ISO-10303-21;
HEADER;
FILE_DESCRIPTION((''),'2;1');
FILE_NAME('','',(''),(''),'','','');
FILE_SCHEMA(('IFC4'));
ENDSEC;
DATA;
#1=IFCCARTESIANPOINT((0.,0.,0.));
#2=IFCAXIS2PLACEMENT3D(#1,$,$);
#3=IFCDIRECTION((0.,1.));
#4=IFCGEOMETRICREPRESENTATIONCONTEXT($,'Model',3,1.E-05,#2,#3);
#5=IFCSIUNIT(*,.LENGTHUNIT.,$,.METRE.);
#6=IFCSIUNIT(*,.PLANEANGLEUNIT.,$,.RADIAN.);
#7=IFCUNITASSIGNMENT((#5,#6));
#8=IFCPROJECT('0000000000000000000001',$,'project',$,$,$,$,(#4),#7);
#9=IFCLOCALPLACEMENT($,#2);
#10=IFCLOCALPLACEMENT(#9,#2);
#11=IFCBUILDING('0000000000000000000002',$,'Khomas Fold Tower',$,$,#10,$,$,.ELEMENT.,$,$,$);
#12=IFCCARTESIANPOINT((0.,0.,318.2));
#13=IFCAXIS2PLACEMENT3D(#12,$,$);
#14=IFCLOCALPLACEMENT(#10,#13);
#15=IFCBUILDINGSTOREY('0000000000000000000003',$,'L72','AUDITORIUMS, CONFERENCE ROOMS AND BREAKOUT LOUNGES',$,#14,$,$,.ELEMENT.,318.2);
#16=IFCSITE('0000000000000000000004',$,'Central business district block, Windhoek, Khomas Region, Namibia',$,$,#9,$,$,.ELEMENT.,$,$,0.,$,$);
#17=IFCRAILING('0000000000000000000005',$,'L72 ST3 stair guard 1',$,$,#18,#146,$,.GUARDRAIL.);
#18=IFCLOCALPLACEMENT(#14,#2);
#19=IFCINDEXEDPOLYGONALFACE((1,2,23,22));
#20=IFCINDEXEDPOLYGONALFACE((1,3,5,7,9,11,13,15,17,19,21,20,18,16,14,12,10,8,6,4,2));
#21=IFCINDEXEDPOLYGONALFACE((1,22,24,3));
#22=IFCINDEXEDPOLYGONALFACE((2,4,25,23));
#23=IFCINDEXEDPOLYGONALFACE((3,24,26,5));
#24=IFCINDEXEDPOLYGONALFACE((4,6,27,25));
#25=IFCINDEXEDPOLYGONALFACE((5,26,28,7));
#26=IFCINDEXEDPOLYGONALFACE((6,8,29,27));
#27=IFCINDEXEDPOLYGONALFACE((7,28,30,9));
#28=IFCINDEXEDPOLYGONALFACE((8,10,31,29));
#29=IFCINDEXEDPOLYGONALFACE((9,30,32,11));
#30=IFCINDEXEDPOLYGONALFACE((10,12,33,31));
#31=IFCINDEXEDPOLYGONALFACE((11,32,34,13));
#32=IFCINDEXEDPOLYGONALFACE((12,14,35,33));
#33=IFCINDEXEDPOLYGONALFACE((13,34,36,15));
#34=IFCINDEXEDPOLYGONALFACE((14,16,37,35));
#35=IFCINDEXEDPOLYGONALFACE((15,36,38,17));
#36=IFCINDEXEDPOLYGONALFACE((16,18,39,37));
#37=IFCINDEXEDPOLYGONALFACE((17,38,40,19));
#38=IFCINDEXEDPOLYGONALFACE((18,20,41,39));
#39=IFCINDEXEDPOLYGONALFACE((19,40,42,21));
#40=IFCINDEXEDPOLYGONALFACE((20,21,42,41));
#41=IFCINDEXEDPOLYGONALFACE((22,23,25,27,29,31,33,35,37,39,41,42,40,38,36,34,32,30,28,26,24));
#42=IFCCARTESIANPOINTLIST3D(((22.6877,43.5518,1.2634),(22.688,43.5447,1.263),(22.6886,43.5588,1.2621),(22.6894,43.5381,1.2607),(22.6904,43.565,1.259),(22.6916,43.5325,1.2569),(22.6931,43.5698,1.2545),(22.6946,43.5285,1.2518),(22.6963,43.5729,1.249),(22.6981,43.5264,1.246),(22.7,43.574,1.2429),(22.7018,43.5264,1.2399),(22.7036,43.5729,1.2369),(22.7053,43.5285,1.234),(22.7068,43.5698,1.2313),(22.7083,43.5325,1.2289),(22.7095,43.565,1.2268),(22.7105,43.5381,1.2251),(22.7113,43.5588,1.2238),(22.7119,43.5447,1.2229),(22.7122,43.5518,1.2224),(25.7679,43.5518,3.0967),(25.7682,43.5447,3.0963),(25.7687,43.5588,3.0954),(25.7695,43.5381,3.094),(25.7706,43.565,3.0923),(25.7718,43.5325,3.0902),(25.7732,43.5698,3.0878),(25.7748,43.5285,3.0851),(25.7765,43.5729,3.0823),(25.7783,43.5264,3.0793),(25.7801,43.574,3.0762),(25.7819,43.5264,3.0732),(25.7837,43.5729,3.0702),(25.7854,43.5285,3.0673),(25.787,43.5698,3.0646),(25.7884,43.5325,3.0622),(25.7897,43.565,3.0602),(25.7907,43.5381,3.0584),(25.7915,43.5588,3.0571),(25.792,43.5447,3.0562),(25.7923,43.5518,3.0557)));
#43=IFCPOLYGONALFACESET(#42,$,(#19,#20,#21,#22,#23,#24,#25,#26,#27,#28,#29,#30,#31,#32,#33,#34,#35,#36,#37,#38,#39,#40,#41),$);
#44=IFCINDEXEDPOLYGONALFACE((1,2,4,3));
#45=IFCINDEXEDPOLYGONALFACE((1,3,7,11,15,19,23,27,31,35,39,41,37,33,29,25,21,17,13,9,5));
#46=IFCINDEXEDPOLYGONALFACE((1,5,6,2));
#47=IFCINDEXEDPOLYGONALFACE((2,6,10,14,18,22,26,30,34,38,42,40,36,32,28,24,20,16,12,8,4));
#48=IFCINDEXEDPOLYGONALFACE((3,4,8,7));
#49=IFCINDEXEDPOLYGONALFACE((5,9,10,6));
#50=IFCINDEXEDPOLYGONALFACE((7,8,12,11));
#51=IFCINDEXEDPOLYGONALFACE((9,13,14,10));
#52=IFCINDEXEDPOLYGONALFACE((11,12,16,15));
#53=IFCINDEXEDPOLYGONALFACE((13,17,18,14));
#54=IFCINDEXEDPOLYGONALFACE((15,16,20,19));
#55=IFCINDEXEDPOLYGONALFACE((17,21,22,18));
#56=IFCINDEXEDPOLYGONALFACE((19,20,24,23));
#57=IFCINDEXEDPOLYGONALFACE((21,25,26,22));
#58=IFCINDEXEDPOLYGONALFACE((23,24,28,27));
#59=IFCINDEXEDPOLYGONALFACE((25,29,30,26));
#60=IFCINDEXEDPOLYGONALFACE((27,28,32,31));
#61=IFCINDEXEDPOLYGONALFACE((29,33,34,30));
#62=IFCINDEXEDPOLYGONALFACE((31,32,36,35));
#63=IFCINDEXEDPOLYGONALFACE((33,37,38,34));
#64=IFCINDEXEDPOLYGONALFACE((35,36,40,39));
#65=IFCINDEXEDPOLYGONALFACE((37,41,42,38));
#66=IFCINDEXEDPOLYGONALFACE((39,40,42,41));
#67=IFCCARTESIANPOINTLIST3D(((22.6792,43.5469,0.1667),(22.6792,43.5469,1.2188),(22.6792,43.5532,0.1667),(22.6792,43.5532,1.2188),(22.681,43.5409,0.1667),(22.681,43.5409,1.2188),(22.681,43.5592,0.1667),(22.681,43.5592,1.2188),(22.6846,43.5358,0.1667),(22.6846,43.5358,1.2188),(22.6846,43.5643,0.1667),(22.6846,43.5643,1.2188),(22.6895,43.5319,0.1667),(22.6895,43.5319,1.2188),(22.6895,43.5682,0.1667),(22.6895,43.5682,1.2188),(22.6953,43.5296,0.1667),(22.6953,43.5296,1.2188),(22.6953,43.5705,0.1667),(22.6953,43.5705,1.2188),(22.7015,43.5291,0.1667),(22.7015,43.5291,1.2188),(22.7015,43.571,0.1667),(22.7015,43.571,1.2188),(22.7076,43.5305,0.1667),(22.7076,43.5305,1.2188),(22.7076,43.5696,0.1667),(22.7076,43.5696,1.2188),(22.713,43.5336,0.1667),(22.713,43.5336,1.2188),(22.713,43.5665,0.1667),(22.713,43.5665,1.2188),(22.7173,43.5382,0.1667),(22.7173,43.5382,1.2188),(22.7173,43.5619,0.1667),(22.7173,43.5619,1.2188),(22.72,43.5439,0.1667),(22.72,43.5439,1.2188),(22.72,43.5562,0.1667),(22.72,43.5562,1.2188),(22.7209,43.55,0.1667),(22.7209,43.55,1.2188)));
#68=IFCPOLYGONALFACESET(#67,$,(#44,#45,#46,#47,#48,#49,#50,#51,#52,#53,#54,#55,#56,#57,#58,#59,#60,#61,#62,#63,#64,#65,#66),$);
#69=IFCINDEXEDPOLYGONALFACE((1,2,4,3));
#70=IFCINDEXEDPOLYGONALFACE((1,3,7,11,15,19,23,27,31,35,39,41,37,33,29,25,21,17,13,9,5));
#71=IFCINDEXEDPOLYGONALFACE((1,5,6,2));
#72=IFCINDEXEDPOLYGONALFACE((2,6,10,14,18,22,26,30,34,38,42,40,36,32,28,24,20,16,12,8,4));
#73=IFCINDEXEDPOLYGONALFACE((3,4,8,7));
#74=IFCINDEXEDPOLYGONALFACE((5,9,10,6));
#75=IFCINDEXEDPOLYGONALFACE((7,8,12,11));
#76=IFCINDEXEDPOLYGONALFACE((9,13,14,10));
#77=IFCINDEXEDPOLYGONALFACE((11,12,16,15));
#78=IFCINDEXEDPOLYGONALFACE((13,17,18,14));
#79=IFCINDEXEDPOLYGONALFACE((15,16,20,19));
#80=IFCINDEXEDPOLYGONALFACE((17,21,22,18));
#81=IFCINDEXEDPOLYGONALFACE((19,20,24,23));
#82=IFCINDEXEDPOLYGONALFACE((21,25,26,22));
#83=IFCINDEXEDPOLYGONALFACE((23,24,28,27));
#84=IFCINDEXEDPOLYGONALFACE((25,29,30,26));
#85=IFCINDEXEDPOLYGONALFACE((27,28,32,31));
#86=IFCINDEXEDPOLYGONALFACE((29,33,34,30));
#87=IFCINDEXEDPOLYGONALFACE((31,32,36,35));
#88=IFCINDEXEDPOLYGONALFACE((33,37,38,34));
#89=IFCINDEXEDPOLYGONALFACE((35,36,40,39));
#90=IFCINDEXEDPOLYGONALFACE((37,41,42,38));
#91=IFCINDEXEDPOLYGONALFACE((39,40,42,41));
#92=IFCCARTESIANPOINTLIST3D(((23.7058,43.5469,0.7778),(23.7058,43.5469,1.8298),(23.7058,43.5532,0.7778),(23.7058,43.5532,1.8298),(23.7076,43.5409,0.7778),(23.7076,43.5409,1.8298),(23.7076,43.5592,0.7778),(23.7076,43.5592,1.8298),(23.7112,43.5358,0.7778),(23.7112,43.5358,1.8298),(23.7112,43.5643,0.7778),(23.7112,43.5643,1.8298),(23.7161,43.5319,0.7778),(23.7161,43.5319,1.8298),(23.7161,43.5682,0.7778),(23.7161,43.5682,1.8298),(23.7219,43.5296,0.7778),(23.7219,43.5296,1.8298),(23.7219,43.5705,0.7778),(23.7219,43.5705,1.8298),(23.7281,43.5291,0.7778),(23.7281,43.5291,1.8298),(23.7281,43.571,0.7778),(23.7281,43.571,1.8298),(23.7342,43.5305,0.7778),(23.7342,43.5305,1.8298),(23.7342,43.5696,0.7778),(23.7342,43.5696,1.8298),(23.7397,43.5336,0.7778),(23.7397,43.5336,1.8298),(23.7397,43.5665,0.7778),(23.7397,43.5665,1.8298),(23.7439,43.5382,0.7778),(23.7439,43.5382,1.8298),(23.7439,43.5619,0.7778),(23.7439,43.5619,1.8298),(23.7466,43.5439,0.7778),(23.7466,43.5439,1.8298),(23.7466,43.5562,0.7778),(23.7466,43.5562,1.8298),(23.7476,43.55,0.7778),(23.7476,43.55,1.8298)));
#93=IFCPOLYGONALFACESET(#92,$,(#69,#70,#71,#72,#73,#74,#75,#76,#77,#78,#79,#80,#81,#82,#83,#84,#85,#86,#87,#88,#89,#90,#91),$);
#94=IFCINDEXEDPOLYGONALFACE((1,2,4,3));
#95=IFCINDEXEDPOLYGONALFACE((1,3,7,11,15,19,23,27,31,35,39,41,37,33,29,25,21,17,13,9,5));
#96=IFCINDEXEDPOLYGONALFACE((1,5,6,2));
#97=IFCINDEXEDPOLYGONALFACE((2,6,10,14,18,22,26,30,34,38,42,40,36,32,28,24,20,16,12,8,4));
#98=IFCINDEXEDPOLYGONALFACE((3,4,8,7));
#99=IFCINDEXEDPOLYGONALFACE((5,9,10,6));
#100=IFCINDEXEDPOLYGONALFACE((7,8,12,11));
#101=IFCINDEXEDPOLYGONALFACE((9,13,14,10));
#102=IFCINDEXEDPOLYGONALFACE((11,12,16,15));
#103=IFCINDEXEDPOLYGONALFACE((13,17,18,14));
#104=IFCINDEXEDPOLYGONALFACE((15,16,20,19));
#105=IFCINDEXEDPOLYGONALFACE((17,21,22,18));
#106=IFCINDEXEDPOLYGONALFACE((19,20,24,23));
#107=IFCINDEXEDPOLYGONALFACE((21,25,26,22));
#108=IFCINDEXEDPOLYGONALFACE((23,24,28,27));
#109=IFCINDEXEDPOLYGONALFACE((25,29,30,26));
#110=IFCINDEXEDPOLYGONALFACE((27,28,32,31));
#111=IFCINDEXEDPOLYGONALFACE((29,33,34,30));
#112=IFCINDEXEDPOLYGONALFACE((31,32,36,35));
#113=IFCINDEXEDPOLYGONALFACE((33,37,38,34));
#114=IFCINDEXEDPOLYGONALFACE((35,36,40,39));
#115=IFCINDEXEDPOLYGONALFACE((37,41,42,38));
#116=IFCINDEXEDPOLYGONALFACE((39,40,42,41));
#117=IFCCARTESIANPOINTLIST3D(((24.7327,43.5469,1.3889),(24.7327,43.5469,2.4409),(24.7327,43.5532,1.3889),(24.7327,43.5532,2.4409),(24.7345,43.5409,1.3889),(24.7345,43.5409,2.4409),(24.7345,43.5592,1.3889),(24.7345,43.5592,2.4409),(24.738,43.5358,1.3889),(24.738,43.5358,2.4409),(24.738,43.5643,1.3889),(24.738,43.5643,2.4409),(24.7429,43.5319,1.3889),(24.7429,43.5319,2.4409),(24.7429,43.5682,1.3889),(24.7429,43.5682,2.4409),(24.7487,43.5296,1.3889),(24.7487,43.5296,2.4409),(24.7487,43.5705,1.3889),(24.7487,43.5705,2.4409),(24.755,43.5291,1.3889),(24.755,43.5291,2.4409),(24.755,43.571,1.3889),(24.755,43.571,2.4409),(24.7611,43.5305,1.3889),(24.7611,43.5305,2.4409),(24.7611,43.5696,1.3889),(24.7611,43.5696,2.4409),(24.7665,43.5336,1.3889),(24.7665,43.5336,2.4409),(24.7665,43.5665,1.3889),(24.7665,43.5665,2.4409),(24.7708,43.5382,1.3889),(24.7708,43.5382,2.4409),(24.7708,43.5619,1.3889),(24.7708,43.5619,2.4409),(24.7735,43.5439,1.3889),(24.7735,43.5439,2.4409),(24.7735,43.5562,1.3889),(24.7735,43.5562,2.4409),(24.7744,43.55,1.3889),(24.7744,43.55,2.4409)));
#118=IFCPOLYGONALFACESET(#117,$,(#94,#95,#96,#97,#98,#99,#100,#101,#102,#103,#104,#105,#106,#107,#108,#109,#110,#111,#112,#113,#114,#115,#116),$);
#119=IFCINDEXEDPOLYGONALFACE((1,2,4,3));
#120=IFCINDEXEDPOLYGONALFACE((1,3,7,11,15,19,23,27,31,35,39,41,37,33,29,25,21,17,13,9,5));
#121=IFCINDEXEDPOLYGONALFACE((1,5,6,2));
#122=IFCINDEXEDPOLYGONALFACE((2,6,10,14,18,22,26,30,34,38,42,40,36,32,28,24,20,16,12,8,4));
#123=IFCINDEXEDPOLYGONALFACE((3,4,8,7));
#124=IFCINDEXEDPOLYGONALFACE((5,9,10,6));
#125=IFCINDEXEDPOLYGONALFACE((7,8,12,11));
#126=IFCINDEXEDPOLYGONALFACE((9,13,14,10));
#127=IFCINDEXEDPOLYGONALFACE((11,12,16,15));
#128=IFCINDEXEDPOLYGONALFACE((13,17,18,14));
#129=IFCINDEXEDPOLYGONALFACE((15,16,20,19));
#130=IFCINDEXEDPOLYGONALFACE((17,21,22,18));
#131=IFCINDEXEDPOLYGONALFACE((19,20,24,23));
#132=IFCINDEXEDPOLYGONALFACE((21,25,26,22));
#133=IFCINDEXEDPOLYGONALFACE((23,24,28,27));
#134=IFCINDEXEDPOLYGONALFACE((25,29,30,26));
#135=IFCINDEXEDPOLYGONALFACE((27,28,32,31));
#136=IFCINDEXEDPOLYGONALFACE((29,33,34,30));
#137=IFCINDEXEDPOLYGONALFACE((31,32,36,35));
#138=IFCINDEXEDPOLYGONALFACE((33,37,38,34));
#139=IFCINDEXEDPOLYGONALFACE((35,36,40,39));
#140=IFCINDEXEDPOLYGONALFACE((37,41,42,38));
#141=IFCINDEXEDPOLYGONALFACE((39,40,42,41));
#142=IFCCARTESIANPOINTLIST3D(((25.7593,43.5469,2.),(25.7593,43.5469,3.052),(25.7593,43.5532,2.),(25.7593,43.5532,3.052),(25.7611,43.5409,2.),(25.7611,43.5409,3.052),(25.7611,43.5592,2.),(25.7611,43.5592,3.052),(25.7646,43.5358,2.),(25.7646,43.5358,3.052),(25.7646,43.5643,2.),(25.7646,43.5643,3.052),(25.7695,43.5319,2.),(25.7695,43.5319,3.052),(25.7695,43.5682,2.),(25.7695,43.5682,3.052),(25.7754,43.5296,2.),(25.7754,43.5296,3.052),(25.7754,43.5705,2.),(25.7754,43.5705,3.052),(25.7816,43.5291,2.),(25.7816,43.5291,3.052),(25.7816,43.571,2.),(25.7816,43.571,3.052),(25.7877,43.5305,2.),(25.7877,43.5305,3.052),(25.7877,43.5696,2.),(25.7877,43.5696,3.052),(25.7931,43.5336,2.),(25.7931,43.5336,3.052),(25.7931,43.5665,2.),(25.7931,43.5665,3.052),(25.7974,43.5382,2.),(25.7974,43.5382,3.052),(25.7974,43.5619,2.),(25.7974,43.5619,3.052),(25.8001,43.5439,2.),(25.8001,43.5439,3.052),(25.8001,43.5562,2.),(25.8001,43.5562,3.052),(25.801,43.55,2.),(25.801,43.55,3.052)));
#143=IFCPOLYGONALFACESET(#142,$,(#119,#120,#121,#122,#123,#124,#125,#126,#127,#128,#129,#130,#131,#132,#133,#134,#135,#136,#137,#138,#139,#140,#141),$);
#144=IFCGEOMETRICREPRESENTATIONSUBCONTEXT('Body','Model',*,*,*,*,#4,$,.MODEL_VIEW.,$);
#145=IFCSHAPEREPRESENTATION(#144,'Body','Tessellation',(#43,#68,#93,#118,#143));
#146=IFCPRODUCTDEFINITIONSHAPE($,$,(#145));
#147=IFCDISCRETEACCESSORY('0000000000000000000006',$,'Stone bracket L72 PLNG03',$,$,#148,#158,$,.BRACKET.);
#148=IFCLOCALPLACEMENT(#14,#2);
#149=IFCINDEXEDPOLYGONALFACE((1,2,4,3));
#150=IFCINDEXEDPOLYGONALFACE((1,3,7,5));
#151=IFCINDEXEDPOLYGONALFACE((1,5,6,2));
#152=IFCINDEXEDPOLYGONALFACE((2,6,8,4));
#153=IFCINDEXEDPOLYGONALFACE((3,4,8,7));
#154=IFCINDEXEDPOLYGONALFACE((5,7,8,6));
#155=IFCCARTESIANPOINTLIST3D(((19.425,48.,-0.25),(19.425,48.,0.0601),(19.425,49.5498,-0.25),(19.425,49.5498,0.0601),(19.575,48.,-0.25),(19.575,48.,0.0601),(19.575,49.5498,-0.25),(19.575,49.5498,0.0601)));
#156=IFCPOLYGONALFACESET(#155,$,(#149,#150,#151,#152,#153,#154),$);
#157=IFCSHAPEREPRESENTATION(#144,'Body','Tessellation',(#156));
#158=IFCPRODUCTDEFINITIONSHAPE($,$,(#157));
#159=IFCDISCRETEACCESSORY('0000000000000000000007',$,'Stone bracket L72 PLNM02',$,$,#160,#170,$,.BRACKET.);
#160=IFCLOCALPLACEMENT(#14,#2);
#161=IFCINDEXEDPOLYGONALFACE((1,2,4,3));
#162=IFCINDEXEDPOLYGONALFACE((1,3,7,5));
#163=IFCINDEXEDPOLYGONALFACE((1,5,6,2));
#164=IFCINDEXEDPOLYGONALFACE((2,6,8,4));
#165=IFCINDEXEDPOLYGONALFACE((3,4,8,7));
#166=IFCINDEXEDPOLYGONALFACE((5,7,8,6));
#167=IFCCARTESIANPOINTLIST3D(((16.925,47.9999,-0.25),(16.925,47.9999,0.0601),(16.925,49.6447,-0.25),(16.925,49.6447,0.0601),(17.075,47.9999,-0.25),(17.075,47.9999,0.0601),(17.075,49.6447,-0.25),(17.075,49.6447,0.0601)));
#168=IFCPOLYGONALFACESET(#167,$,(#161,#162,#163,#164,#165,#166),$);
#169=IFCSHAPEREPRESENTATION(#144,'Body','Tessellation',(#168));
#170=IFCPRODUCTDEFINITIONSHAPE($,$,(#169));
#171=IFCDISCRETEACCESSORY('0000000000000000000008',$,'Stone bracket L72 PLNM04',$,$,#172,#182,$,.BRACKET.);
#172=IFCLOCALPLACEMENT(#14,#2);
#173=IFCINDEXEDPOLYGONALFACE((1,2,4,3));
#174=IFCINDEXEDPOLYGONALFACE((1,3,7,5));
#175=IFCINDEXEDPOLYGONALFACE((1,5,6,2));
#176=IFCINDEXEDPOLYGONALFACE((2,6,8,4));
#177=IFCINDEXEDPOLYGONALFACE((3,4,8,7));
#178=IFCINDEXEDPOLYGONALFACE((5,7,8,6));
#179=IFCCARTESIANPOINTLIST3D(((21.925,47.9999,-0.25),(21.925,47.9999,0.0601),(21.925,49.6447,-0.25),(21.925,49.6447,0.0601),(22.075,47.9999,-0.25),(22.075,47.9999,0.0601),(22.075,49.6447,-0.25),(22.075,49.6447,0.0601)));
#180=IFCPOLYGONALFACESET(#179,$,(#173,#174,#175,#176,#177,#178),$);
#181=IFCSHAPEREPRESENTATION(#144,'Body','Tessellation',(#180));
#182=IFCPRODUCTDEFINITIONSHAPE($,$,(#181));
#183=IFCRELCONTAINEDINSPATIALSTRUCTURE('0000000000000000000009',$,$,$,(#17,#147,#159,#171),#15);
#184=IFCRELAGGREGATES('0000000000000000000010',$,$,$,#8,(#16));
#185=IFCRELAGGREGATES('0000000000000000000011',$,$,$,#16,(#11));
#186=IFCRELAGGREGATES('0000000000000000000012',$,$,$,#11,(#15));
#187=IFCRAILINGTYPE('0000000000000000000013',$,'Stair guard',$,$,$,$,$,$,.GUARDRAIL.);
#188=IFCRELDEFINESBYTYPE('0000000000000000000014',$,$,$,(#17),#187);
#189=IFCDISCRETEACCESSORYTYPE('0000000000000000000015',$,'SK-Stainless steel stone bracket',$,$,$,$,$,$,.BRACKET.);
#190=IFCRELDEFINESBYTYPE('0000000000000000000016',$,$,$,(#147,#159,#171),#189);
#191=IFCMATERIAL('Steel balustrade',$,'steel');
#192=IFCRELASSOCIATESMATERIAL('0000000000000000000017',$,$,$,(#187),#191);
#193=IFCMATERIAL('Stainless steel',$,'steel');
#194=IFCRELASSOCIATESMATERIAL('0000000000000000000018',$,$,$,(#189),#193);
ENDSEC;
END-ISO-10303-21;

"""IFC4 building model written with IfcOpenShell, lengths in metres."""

from ifc_helpers import new_model, si_unit, direction, frame, origin, origin_2d, place, context, subcontext, project, spatial, rectangle, circle, extrude, source, transform, mapped, material, type_object, element, save


model = new_model("IFC4")

# Units and contexts
model_context = context("Model", 3, precision=1e-05, world=origin(), true_north=direction((0.0, 1.0)))
body_context = subcontext(model_context, "Body", "Model", "MODEL_VIEW")
ifc_project = project(units=[si_unit("LENGTHUNIT", "METRE"), si_unit("PLANEANGLEUNIT", "RADIAN")], contexts=[model_context])

# Site, building, storey
site_placement = place(None, origin())
site = spatial("IfcSite", under=ifc_project, at=site_placement, Name="Central business district block, Windhoek, Khomas Region, Namibia", CompositionType="ELEMENT", RefElevation=0.0)
building_placement = place(site_placement, origin())
building = spatial("IfcBuilding", under=site, at=building_placement, Name="Khomas Fold Tower", CompositionType="ELEMENT")
storey_placement = place(building_placement, frame((0.0, 0.0, 318.2)))
storey = spatial("IfcBuildingStorey", under=building, at=storey_placement, Name="L72", Description="AUDITORIUMS, CONFERENCE ROOMS AND BREAKOUT LOUNGES", CompositionType="ELEMENT", Elevation=318.2)

# Railing
ifc_material_1 = material(Name="Steel balustrade", Category="steel")
railing_type_1 = type_object("IfcRailingType", Name="Stair guard", PredefinedType="GUARDRAIL", material=ifc_material_1)
shared_shape_1 = source(origin(), body_context, "Body", "SweptSolid", [
    extrude(circle(Radius=0.0239, at=origin_2d()), frame((0.0, 0.0, 1.0762), z_axis=(0.859309, 0.0, 0.511458), x_axis=(0.0, 1.0, 0.0)), (0.0, 0.0, 1.0), 3.5845),
    extrude(circle(Radius=0.021, at=origin_2d()), origin(), (0.0, 0.0, 1.0), 1.052),
    extrude(circle(Radius=0.021, at=origin_2d()), frame((1.0266, 0.0, 0.6111)), (0.0, 0.0, 1.0), 1.052),
    extrude(circle(Radius=0.021, at=origin_2d()), frame((2.0535, 0.0, 1.2222)), (0.0, 0.0, 1.0), 1.052),
    extrude(circle(Radius=0.021, at=origin_2d()), frame((3.0801, 0.0, 1.8333)), (0.0, 0.0, 1.0), 1.052),
])
railing_1_placement = place(storey_placement, frame((22.7, 43.55, 0.1667)))
element("IfcRailing", 1, at=railing_1_placement, inside=storey, type_object=railing_type_1, Name="L72 ST3 stair guard 1", PredefinedType="GUARDRAIL", context=body_context, shape_type="MappedRepresentation", body=[
    mapped(shared_shape_1, transform((0.0, 0.0, 0.0))),
])

# Discrete accessories
ifc_material_2 = material(Name="Stainless steel", Category="steel")
discrete_accessory_type = type_object("IfcDiscreteAccessoryType", Name="SK-Stainless steel stone bracket", PredefinedType="BRACKET", material=ifc_material_2)
shared_shape_2 = source(origin(), body_context, "Body", "SweptSolid", [
    extrude(rectangle(XDim=1.5498, YDim=0.1499, at=origin_2d()), origin(), (0.0, 0.0, 1.0), 0.3101),
])
discrete_accessory_placement = place(storey_placement, frame((19.5, 48.7749, -0.25), z_axis=(0.0, 0.0, 1.0), x_axis=(0.0, 1.0, 0.0)))
element("IfcDiscreteAccessory", 2, at=discrete_accessory_placement, inside=storey, type_object=discrete_accessory_type, Name="Stone bracket L72 PLNG03", PredefinedType="BRACKET", context=body_context, shape_type="MappedRepresentation", body=[
    mapped(shared_shape_2, transform((0.0, 0.0, 0.0))),
])
shared_shape_3 = source(origin(), body_context, "Body", "SweptSolid", [
    extrude(rectangle(XDim=1.6448, YDim=0.1499, at=origin_2d()), origin(), (0.0, 0.0, 1.0), 0.3101),
])
for number, where, z_axis, x_axis, name in (
    (3, (17.0, 48.8223, -0.25), (0.0, 0.0, 1.0), (0.0, 1.0, 0.0), "Stone bracket L72 PLNM02"),
    (4, (22.0, 48.8223, -0.25), (0.0, 0.0, 1.0), (0.0, 1.0, 0.0), "Stone bracket L72 PLNM04"),
):
    element("IfcDiscreteAccessory", number, at=place(storey_placement, frame(where, z_axis=z_axis, x_axis=x_axis)), inside=storey, type_object=discrete_accessory_type, Name=name, PredefinedType="BRACKET", context=body_context, shape_type="MappedRepresentation", body=[
        mapped(shared_shape_3, transform((0.0, 0.0, 0.0))),
    ])

save(model, "model.ifc")
